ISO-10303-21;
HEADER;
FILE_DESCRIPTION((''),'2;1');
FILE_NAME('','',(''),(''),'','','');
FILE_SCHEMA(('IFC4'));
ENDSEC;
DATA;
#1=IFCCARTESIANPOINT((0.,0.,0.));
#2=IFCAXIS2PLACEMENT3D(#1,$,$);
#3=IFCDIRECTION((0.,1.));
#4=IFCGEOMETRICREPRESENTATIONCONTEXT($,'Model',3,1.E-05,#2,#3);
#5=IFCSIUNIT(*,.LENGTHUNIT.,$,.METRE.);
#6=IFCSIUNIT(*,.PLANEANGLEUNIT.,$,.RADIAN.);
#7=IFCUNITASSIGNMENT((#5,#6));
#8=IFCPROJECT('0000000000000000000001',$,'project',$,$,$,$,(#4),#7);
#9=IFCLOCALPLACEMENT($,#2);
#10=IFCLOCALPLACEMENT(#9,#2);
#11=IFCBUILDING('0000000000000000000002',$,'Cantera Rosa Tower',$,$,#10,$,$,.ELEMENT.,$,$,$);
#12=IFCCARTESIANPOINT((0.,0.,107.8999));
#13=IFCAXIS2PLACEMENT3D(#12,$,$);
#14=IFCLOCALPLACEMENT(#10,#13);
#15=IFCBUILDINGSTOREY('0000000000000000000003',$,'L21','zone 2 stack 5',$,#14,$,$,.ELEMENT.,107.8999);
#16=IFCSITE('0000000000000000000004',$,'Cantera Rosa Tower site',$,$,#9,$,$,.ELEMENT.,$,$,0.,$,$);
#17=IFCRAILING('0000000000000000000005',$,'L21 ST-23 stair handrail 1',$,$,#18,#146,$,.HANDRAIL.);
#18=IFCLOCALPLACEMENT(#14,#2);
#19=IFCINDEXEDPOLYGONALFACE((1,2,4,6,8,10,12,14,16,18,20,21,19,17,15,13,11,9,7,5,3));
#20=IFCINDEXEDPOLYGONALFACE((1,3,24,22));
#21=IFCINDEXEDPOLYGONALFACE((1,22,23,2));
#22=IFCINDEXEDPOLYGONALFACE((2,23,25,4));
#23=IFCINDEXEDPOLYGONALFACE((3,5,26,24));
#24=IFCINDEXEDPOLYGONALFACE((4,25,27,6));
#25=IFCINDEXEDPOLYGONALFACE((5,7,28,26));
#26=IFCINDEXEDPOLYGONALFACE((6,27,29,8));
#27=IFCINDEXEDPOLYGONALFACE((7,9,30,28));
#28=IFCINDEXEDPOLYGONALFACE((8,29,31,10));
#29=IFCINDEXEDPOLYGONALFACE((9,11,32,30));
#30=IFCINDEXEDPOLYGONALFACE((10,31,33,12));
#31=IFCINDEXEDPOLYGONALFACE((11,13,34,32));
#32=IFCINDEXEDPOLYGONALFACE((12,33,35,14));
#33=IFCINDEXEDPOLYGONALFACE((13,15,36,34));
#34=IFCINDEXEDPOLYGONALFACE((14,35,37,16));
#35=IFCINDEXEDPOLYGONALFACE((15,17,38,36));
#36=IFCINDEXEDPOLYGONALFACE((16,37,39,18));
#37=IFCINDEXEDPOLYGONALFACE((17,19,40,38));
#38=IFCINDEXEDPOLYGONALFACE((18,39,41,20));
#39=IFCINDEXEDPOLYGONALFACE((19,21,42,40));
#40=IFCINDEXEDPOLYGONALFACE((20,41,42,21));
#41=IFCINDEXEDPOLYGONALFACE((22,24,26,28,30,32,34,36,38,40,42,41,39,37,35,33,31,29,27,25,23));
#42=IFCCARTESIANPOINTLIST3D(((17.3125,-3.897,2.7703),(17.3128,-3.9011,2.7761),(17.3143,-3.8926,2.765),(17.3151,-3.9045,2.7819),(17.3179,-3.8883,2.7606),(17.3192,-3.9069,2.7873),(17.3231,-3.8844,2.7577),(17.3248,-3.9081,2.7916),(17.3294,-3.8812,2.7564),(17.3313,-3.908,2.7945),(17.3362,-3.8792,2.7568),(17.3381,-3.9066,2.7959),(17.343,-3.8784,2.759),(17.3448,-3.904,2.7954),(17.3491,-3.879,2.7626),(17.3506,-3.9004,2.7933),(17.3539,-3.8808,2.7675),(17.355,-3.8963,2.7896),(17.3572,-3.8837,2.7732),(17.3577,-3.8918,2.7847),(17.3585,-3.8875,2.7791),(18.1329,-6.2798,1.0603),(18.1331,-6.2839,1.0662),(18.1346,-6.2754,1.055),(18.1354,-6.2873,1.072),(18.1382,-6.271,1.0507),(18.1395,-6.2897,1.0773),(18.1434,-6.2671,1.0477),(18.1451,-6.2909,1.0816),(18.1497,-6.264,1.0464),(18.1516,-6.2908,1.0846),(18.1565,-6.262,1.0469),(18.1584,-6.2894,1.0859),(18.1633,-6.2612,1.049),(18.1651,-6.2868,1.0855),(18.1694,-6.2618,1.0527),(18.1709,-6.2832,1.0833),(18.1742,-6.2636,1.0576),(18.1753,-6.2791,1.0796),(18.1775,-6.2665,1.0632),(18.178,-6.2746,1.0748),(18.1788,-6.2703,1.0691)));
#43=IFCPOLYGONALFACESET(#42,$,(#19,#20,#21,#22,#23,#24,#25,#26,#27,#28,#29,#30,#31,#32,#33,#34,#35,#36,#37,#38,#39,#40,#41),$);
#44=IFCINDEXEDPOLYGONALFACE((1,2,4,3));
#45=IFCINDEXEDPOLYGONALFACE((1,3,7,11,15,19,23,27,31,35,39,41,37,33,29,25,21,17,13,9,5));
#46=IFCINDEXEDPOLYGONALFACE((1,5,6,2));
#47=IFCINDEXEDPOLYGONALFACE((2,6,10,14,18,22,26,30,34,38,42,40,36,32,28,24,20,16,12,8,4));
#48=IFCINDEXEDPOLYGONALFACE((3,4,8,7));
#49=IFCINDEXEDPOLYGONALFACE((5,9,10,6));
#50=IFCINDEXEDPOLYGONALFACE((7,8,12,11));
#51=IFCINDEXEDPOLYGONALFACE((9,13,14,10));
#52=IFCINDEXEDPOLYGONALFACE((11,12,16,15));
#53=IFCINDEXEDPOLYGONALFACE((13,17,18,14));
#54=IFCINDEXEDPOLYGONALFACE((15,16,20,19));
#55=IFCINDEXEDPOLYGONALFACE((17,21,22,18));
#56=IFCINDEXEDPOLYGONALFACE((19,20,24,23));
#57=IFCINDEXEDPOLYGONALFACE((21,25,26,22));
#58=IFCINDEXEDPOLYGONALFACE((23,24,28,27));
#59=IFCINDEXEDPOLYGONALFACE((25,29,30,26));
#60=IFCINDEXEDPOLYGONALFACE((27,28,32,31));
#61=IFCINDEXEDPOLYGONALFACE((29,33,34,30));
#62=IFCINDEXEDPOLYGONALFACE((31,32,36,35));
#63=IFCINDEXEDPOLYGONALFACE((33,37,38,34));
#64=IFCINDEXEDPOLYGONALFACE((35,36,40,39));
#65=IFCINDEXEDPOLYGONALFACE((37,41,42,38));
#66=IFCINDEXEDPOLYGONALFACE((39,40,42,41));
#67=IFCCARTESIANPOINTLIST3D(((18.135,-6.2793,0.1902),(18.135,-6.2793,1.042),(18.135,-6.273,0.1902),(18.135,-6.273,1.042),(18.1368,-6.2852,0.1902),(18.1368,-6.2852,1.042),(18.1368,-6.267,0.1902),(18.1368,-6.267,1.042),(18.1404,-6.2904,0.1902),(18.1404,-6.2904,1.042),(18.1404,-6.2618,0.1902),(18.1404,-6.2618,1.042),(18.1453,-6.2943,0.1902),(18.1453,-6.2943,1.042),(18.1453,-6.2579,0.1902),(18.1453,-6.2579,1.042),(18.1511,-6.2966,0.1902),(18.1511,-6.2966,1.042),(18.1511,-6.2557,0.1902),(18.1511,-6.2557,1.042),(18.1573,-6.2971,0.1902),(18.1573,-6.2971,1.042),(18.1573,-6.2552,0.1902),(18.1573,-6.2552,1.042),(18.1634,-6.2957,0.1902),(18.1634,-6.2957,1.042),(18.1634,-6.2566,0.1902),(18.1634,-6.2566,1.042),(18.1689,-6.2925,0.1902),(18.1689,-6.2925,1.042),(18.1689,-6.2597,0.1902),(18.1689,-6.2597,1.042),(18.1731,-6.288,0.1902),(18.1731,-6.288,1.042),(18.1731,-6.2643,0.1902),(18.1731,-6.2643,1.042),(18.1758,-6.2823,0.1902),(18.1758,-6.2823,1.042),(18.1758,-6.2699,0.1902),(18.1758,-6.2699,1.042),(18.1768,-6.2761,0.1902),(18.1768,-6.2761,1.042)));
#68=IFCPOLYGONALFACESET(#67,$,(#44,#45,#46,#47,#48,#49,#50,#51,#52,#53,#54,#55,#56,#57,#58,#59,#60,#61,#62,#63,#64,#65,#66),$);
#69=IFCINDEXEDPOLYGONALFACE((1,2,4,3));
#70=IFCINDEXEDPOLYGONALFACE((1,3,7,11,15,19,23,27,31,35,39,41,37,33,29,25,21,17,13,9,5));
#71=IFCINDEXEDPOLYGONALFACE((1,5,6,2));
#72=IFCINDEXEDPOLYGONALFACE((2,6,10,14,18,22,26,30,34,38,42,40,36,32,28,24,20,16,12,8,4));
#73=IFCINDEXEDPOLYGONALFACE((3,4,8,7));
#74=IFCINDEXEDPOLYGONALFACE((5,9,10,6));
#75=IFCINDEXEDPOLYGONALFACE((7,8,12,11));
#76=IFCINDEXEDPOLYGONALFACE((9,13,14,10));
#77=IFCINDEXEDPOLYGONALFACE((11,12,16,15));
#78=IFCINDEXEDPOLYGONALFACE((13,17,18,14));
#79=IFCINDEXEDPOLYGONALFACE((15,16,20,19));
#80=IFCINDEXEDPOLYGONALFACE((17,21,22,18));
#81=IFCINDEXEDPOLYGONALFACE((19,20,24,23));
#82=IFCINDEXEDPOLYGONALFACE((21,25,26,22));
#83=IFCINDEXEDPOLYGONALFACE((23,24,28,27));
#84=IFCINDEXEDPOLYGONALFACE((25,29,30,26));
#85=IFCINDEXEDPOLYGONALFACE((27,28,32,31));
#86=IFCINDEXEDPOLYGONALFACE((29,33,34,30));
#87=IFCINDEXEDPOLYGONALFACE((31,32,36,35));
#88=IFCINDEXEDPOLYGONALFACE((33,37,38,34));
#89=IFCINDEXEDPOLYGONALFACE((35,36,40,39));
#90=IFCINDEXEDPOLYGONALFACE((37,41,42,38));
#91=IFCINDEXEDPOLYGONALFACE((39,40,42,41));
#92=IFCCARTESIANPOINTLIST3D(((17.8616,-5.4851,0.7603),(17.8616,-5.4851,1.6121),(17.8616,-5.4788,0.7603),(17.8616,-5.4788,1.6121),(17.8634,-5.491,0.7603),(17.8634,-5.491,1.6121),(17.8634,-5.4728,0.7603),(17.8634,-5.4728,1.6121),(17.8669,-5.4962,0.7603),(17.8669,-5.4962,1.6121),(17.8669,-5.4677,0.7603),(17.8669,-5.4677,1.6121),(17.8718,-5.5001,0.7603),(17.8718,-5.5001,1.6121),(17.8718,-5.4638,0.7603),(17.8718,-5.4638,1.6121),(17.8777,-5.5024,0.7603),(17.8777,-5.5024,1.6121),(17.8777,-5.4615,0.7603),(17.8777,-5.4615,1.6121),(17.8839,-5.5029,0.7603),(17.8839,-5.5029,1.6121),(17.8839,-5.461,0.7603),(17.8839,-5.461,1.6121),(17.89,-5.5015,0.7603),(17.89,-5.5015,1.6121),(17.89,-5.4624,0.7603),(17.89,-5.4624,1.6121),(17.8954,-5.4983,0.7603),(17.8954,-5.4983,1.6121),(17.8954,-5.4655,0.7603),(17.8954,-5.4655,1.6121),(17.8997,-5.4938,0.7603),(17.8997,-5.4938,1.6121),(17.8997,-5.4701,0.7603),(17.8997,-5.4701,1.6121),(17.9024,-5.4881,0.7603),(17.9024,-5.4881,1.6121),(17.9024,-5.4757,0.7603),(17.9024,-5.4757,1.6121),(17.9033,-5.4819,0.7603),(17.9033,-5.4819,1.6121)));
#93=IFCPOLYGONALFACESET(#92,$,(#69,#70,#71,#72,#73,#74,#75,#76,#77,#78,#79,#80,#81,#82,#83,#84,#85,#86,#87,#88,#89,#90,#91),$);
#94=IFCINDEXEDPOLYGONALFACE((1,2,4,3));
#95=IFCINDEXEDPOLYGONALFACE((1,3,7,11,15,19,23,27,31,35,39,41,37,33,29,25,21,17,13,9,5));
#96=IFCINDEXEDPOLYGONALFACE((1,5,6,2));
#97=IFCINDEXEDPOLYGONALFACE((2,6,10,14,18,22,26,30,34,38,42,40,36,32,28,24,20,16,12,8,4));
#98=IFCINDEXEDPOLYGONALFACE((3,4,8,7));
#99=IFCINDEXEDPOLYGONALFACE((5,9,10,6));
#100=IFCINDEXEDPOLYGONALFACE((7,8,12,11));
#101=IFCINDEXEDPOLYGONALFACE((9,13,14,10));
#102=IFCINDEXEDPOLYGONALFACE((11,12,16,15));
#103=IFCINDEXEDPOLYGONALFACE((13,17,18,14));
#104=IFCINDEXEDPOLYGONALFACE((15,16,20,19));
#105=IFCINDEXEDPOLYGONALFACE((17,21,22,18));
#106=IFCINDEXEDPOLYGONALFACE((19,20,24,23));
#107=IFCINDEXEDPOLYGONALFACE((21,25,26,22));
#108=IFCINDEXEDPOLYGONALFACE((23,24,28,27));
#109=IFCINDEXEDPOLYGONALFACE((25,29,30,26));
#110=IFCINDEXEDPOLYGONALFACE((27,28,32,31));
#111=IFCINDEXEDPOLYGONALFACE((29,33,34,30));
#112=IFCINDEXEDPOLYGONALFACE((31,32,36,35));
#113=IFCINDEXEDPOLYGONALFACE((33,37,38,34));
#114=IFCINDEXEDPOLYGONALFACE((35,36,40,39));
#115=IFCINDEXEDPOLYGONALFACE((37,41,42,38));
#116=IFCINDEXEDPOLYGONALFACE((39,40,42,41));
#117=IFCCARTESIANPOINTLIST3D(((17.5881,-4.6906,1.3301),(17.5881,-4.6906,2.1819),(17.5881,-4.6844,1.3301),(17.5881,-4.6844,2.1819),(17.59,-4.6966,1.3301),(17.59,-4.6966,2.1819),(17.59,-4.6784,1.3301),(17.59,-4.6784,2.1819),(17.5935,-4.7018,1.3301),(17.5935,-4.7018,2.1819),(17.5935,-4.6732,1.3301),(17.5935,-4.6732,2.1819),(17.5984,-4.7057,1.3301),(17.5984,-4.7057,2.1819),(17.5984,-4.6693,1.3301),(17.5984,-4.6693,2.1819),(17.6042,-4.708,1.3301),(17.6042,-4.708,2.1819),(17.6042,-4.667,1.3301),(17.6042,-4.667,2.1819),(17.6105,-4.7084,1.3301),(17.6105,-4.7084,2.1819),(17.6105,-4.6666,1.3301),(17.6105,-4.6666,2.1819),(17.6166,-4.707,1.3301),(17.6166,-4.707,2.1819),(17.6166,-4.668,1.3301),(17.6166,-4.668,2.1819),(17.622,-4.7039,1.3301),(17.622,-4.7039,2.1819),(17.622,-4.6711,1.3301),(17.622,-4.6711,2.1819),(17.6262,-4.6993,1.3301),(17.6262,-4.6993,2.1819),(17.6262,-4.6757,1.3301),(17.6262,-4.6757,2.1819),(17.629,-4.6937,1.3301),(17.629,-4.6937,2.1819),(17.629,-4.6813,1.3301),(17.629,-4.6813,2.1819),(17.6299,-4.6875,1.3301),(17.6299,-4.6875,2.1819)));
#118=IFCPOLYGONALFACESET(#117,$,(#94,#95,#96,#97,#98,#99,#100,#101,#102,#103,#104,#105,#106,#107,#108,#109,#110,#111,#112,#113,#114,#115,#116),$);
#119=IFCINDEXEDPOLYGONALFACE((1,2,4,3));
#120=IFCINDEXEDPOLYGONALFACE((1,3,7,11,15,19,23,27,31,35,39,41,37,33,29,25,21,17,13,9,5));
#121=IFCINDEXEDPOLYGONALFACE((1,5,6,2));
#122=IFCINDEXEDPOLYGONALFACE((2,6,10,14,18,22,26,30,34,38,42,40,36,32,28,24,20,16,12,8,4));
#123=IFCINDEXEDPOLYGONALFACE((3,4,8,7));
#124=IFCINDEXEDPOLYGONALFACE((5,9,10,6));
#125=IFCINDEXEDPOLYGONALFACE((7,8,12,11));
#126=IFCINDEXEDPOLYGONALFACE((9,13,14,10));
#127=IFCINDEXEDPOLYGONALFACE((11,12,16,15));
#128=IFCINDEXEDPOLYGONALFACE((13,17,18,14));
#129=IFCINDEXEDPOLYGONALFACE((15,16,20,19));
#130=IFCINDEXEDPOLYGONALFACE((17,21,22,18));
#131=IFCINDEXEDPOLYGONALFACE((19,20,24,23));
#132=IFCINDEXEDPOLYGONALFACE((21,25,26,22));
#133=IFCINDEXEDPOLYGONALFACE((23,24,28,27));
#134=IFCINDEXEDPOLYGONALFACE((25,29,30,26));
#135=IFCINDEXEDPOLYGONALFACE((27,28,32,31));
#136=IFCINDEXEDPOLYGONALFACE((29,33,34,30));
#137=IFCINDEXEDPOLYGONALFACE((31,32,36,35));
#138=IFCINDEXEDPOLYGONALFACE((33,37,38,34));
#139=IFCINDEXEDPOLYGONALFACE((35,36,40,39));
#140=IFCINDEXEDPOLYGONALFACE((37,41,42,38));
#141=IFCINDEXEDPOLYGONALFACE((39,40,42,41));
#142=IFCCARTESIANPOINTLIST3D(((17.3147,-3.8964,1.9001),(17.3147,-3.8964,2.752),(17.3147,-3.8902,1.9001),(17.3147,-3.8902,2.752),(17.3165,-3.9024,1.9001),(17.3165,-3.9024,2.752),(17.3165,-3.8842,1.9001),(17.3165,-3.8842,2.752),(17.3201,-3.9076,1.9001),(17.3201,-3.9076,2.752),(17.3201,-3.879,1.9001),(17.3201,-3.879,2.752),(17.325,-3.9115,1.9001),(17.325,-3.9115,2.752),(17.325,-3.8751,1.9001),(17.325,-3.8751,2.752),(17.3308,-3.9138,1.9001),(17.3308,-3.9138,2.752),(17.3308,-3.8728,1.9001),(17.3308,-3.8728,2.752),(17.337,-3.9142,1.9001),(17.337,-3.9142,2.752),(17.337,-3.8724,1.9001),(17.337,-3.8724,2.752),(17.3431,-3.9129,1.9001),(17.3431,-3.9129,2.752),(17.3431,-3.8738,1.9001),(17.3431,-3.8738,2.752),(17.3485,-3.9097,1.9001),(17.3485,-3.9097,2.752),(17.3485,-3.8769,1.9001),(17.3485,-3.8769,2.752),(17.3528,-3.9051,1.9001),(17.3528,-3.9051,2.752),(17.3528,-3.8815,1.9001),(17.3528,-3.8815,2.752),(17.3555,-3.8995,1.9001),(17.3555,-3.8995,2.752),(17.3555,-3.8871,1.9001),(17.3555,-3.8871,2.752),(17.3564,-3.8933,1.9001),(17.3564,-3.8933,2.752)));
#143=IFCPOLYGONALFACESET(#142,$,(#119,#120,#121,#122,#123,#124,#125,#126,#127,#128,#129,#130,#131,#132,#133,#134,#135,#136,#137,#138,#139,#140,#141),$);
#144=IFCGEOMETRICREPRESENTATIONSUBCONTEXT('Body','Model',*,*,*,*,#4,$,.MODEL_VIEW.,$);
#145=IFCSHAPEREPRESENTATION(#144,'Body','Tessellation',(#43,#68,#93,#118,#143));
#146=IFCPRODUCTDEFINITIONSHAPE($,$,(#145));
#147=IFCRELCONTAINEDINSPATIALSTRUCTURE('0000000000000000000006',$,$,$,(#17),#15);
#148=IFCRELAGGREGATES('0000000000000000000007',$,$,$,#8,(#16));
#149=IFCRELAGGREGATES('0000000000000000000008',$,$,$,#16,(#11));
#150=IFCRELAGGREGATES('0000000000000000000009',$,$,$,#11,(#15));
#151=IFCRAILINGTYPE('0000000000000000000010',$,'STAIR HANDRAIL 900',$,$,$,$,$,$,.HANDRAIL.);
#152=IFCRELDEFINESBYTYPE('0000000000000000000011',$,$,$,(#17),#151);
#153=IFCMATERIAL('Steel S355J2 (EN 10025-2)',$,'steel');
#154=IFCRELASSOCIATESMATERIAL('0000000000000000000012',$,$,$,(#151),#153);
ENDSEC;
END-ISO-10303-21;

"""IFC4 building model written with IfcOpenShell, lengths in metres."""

from ifc_helpers import new_model, si_unit, direction, frame, origin, origin_2d, place, context, subcontext, project, spatial, circle, extrude, material, type_object, element, save


model = new_model("IFC4")

# Units and contexts
model_context = context("Model", 3, precision=1e-05, world=origin(), true_north=direction((0.0, 1.0)))
body_context = subcontext(model_context, "Body", "Model", "MODEL_VIEW")
ifc_project = project(units=[si_unit("LENGTHUNIT", "METRE"), si_unit("PLANEANGLEUNIT", "RADIAN")], contexts=[model_context])

# Site, building, storey
site_placement = place(None, origin())
site = spatial("IfcSite", under=ifc_project, at=site_placement, Name="Cantera Rosa Tower site", CompositionType="ELEMENT", RefElevation=0.0)
building_placement = place(site_placement, origin())
building = spatial("IfcBuilding", under=site, at=building_placement, Name="Cantera Rosa Tower", CompositionType="ELEMENT")
storey_placement = place(building_placement, frame((0.0, 0.0, 107.8999)))
storey = spatial("IfcBuildingStorey", under=building, at=storey_placement, Name="L21", Description="zone 2 stack 5", CompositionType="ELEMENT", Elevation=107.8999)

# Railing
ifc_material_1 = material(Name="Steel S355J2 (EN 10025-2)", Category="steel")
railing_type_1 = type_object("IfcRailingType", Name="STAIR HANDRAIL 900", PredefinedType="HANDRAIL", material=ifc_material_1)
railing_1_placement = place(storey_placement, frame((18.1558, -6.2761, 0.1902)))
element("IfcRailing", 1, at=railing_1_placement, inside=storey, type_object=railing_type_1, Name="L21 ST-23 stair handrail 1", PredefinedType="HANDRAIL", context=body_context, shape_type="SweptSolid", body=[
    extrude(circle(Radius=0.0239, at=origin_2d()), frame((0.0, 0.0, 0.876), z_axis=(-0.269358, 0.782421, 0.561483), x_axis=(-0.945538, -0.325513, 0.0)), (0.0, 0.0, 1.0), 3.0454),
    extrude(circle(Radius=0.021, at=origin_2d()), origin(), (0.0, 0.0, 1.0), 0.8518),
    extrude(circle(Radius=0.021, at=origin_2d()), frame((-0.2734, 0.7942, 0.5701)), (0.0, 0.0, 1.0), 0.8518),
    extrude(circle(Radius=0.021, at=origin_2d()), frame((-0.5469, 1.5886, 1.1399)), (0.0, 0.0, 1.0), 0.8518),
    extrude(circle(Radius=0.021, at=origin_2d()), frame((-0.8203, 2.3828, 1.71)), (0.0, 0.0, 1.0), 0.8518),
])

save(model, "model.ifc")
